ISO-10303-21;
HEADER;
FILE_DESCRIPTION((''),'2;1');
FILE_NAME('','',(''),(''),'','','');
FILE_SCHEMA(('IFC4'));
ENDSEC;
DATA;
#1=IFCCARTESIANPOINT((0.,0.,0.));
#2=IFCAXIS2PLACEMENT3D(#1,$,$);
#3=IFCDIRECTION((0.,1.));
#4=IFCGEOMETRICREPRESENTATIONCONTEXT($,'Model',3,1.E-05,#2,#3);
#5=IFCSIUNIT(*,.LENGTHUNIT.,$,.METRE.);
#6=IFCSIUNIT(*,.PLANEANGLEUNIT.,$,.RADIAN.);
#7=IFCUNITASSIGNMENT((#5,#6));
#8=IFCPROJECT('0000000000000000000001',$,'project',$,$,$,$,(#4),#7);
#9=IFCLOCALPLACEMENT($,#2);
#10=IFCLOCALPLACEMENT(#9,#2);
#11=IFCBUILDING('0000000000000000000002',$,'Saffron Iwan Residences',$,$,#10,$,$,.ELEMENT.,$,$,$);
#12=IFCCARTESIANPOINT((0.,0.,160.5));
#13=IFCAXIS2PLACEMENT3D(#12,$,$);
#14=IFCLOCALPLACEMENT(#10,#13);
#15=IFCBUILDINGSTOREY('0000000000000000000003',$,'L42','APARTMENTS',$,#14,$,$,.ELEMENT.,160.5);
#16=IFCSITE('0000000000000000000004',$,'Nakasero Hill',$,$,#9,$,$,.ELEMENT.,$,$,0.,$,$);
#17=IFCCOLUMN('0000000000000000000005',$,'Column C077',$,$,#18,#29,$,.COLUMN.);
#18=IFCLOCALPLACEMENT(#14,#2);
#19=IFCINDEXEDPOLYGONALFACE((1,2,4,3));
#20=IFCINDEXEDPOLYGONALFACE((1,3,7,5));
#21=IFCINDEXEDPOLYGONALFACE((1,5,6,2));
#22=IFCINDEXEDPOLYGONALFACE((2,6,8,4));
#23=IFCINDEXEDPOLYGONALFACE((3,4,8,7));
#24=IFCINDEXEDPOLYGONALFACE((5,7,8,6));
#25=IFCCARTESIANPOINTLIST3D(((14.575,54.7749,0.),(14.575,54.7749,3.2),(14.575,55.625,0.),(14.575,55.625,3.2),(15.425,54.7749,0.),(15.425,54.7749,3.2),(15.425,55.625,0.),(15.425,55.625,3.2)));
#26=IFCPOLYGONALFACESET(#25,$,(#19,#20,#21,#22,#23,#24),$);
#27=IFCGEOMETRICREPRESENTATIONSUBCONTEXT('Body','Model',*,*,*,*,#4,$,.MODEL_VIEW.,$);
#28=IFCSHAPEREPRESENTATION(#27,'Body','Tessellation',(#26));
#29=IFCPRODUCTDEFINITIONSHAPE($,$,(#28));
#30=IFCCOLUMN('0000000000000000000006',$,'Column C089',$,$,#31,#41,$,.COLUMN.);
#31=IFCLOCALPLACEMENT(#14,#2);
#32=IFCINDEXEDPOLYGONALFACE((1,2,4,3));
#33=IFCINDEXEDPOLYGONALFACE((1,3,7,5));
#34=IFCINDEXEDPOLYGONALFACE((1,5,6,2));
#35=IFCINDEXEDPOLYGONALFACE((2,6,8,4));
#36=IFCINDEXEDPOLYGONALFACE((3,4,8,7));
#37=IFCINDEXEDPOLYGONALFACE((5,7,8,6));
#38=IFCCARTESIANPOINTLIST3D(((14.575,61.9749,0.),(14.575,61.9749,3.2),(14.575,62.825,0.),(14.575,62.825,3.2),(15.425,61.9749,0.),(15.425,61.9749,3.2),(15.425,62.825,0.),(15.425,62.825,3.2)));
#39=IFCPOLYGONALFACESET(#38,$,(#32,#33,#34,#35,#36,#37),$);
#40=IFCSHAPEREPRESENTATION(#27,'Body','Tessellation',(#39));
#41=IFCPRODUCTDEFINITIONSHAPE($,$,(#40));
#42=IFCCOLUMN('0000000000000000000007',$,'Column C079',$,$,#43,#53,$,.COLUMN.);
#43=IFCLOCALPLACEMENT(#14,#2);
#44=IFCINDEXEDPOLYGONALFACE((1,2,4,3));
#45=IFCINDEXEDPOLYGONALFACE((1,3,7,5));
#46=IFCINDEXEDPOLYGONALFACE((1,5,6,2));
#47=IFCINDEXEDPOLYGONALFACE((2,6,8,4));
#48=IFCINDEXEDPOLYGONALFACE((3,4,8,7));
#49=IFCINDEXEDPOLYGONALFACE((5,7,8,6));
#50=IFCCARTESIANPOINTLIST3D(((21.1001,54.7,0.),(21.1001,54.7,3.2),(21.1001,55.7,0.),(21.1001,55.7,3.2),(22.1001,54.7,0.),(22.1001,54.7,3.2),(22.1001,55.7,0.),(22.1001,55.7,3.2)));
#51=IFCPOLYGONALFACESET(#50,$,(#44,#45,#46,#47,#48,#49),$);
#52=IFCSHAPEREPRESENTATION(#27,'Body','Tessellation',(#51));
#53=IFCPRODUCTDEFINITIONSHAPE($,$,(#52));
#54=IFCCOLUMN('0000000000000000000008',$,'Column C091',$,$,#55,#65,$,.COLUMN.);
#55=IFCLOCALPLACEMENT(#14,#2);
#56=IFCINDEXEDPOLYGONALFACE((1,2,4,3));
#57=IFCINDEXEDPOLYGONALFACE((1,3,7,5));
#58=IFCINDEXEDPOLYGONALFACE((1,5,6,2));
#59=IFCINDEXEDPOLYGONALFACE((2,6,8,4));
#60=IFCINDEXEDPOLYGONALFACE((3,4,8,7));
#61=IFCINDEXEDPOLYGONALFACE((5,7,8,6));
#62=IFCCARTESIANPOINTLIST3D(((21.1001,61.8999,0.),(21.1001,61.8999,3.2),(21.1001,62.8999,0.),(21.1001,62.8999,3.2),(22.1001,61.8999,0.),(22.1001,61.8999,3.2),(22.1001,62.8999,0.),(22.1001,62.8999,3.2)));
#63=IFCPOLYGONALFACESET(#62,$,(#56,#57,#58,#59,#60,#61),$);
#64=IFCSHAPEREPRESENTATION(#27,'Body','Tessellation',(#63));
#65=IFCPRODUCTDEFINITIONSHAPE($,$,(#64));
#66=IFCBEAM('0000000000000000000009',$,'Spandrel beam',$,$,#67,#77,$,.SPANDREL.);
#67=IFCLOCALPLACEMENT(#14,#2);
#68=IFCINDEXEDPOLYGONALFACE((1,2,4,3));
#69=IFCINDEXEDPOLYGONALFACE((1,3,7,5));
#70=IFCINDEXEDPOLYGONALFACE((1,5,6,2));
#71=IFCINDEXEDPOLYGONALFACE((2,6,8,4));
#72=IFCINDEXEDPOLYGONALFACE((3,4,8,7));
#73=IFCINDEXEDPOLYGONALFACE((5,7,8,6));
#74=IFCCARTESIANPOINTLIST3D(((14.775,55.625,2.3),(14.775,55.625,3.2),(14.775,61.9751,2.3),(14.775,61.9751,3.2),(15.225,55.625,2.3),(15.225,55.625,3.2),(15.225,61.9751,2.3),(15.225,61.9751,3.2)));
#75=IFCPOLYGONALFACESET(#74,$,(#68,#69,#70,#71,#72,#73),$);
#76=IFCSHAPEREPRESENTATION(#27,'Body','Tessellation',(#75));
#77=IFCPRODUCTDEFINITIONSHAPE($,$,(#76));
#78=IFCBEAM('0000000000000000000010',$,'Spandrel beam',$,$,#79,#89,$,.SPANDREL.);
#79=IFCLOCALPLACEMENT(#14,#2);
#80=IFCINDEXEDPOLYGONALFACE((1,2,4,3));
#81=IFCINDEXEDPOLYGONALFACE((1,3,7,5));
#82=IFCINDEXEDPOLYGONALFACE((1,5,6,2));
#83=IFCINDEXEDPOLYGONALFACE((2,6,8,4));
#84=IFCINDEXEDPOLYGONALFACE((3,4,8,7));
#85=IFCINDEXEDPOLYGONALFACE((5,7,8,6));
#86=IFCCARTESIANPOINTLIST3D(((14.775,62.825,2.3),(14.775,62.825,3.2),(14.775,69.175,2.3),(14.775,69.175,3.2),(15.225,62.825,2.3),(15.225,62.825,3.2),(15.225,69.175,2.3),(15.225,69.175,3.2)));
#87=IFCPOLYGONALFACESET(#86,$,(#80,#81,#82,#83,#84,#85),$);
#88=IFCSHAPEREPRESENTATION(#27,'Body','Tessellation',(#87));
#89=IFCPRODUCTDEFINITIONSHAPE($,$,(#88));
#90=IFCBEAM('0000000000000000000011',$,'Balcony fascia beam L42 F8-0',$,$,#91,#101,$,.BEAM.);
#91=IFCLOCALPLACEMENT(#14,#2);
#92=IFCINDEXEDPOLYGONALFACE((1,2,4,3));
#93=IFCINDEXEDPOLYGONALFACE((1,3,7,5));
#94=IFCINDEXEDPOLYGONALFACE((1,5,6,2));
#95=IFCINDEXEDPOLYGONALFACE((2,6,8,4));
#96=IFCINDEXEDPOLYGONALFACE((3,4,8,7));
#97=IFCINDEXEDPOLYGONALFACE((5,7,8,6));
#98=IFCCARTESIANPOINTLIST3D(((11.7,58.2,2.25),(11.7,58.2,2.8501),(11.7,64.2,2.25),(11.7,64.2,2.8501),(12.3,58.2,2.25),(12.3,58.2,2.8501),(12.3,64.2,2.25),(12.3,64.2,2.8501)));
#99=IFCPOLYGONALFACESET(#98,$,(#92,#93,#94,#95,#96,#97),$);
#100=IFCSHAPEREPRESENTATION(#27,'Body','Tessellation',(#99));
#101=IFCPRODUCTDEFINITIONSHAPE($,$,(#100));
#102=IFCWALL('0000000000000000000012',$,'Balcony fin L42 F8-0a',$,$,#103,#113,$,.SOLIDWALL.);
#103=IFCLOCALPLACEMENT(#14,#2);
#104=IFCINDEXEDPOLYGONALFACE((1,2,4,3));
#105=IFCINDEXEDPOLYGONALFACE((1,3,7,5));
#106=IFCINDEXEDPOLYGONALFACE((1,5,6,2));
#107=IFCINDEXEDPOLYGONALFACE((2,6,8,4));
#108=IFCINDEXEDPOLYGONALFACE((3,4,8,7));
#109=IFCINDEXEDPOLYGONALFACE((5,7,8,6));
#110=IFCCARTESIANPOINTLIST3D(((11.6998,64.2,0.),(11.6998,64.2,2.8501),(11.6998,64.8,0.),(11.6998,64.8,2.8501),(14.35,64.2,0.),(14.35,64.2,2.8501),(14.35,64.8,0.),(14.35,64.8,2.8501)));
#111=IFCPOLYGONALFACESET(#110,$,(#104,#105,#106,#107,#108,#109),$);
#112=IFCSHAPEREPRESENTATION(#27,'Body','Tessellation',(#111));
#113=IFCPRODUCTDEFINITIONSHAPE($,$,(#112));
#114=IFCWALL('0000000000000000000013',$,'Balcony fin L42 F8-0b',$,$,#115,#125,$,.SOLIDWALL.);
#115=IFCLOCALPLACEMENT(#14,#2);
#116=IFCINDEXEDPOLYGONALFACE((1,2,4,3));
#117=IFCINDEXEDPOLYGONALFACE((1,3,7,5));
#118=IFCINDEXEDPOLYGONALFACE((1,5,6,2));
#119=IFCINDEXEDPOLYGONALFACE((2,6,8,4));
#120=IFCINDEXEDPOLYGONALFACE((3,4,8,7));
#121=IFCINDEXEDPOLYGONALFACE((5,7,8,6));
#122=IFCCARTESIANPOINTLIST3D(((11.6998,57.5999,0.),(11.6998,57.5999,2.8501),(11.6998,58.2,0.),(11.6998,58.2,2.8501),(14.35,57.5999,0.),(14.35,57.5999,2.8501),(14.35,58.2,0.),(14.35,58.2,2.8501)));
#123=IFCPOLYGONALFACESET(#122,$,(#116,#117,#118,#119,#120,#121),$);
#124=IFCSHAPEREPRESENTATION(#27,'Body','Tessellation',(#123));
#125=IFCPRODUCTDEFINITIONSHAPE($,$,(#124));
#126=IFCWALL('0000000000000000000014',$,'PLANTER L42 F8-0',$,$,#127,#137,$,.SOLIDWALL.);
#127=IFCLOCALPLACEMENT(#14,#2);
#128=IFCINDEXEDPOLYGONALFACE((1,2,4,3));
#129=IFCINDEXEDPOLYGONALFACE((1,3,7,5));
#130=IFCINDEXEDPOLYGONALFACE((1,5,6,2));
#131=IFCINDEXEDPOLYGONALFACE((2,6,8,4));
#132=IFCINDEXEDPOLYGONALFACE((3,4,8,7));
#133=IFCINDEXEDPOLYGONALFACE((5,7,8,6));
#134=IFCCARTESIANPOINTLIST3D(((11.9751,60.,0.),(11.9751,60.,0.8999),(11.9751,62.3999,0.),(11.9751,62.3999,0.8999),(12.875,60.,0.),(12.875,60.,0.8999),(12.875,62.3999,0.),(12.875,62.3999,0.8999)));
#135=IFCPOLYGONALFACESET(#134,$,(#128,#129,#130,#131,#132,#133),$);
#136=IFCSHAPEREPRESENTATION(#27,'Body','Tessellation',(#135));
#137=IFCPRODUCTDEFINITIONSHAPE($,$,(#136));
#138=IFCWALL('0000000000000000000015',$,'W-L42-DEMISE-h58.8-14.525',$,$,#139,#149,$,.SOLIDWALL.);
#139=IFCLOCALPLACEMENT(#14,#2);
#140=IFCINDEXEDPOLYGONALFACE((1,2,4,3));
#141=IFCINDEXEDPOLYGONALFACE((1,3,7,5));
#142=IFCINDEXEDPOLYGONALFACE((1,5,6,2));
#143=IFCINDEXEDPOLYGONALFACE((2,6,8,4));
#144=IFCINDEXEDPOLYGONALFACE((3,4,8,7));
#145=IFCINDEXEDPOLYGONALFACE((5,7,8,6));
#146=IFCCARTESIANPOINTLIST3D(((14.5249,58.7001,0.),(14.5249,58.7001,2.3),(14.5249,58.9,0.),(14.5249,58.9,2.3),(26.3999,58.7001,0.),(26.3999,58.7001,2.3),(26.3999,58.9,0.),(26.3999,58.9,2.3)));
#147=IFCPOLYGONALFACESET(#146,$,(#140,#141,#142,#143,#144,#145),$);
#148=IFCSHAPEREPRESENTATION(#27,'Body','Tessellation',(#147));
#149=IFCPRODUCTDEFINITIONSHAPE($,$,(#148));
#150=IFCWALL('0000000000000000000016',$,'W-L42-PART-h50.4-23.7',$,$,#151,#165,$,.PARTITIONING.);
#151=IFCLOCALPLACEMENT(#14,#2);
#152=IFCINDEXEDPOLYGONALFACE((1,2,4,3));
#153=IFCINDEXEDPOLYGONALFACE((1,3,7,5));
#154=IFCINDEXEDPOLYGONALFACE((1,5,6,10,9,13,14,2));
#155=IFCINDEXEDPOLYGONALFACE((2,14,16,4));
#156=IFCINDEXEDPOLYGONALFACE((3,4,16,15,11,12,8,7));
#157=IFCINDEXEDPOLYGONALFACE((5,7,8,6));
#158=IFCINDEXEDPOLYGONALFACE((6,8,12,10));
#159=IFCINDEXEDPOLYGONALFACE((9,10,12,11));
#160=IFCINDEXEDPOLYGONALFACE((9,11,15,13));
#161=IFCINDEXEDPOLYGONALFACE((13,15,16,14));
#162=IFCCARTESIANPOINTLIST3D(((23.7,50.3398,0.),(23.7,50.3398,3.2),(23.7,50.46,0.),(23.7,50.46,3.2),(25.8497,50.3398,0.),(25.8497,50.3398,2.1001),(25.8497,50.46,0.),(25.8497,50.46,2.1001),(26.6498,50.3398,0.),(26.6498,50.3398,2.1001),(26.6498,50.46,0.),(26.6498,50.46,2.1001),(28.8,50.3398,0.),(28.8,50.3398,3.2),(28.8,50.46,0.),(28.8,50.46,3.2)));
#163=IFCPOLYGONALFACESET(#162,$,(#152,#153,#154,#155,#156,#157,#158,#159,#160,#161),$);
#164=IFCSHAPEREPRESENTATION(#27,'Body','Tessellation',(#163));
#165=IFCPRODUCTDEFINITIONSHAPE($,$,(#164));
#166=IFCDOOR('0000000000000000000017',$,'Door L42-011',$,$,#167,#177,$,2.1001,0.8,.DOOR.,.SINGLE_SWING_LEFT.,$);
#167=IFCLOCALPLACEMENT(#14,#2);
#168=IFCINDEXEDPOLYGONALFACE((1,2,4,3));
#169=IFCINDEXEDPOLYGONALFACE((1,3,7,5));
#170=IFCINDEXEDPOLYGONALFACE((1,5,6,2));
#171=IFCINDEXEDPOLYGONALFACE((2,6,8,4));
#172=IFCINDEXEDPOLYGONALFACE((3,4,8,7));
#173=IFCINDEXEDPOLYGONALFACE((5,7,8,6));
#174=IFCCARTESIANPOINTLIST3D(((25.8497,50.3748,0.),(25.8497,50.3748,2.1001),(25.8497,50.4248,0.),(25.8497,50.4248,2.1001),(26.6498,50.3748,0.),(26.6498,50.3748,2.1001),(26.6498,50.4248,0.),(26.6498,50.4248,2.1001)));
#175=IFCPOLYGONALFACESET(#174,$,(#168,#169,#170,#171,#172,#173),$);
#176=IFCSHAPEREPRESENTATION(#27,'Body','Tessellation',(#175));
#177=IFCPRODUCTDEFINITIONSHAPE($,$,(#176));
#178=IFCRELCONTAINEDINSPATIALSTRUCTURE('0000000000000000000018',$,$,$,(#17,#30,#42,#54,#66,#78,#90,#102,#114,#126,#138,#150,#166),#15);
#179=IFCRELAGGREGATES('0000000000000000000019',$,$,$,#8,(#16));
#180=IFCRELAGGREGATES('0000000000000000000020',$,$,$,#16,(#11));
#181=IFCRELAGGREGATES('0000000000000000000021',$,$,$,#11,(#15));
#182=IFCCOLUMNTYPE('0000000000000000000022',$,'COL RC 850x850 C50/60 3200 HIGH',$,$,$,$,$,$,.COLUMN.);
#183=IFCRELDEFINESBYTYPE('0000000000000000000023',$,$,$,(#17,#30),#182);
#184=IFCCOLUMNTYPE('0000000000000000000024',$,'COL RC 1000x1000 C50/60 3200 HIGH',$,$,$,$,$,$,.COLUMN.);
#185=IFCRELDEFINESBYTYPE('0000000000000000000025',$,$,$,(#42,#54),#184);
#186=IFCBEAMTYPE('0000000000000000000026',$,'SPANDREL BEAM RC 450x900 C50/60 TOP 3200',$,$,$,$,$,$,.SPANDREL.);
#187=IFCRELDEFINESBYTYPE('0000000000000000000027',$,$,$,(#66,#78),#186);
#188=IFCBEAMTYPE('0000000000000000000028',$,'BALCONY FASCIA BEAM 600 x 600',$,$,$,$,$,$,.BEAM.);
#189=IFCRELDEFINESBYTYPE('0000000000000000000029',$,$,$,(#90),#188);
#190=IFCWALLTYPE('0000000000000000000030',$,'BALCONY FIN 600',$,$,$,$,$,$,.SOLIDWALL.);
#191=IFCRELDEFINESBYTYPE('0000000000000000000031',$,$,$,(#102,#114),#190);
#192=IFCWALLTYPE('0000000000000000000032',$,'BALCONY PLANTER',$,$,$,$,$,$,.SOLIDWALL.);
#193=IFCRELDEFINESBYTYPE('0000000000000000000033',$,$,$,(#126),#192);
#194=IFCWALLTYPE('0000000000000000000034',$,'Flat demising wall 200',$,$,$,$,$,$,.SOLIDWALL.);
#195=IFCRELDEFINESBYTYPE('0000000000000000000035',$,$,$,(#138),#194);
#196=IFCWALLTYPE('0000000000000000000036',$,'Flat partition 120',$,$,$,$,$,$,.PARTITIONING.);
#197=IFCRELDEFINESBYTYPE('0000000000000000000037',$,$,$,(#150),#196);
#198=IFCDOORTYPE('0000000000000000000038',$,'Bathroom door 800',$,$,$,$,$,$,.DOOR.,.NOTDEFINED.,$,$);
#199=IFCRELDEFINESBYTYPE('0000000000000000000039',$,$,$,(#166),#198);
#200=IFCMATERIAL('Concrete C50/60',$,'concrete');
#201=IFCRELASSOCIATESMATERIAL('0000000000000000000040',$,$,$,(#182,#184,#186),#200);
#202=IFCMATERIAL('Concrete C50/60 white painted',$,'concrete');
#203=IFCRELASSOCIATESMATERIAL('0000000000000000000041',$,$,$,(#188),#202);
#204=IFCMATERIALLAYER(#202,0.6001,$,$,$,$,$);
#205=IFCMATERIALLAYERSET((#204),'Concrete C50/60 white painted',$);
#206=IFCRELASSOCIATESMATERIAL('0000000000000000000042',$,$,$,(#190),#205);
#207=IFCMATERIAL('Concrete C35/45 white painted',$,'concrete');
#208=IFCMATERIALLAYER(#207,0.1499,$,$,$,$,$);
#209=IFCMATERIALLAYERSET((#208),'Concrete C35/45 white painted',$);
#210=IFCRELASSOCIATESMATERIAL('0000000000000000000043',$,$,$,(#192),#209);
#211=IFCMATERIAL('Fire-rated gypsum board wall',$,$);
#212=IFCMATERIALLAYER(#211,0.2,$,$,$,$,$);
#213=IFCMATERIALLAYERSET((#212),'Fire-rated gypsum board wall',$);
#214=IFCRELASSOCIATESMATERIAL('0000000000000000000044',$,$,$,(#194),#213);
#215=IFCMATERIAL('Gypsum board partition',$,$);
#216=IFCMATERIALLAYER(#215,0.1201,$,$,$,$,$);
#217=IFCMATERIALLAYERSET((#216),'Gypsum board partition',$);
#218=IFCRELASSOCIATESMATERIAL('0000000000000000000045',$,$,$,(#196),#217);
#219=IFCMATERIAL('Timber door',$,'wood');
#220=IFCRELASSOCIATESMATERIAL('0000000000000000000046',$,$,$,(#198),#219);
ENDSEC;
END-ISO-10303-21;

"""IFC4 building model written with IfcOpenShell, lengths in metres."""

from ifc_helpers import new_model, si_unit, direction, frame, frame_2d, origin, origin_2d, place, context, subcontext, project, spatial, rectangle, extrude, source, transform, mapped, material, layer, layer_set, material_profile, profile_set, type_object, element, fill, save


model = new_model("IFC4")

# Units and contexts
model_context = context("Model", 3, precision=1e-05, world=origin(), true_north=direction((0.0, 1.0)))
body_context = subcontext(model_context, "Body", "Model", "MODEL_VIEW")
ifc_project = project(units=[si_unit("LENGTHUNIT", "METRE"), si_unit("PLANEANGLEUNIT", "RADIAN")], contexts=[model_context])

# Site, building, storey
site_placement = place(None, origin())
site = spatial("IfcSite", under=ifc_project, at=site_placement, Name="Nakasero Hill", CompositionType="ELEMENT", RefElevation=0.0)
building_placement = place(site_placement, origin())
building = spatial("IfcBuilding", under=site, at=building_placement, Name="Saffron Iwan Residences", CompositionType="ELEMENT")
storey_placement = place(building_placement, frame((0.0, 0.0, 160.5)))
storey = spatial("IfcBuildingStorey", under=building, at=storey_placement, Name="L42", Description="APARTMENTS", CompositionType="ELEMENT", Elevation=160.5)

# Columns
ifc_material_1 = material(Name="Concrete C50/60", Category="concrete")
ifc_material_profile_1 = material_profile(ifc_material_1, rectangle(XDim=0.8501, YDim=0.8501, at=origin_2d()), Name="RC 850x850")
ifc_profile_set_1 = profile_set([ifc_material_profile_1], Name="Concrete C50/60")
column_type_1 = type_object("IfcColumnType", Name="COL RC 850x850 C50/60 3200 HIGH", PredefinedType="COLUMN", material=ifc_profile_set_1)
shared_shape_1 = source(origin(), body_context, "Body", "SweptSolid", [
    extrude(rectangle(XDim=0.8501, YDim=0.8501, at=origin_2d()), origin(), (0.0, 0.0, 1.0), 3.2),
])
for number, where, z_axis, x_axis, name in (
    (1, (15.0, 55.2, 0.0), (0.0, 0.0, 1.0), (1.0, 0.0, 0.0), "Column C077"),
    (2, (15.0, 62.3999, 0.0), (0.0, 0.0, 1.0), (1.0, 0.0, 0.0), "Column C089"),
):
    element("IfcColumn", number, at=place(storey_placement, frame(where, z_axis=z_axis, x_axis=x_axis)), inside=storey, type_object=column_type_1, Name=name, PredefinedType="COLUMN", context=body_context, shape_type="MappedRepresentation", body=[
        mapped(shared_shape_1, transform((0.0, 0.0, 0.0))),
    ])
ifc_material_profile_2 = material_profile(ifc_material_1, rectangle(XDim=1.0, YDim=1.0, at=origin_2d()), Name="RC 1000x1000")
ifc_profile_set_2 = profile_set([ifc_material_profile_2], Name="Concrete C50/60")
column_type_2 = type_object("IfcColumnType", Name="COL RC 1000x1000 C50/60 3200 HIGH", PredefinedType="COLUMN", material=ifc_profile_set_2)
shared_shape_2 = source(origin(), body_context, "Body", "SweptSolid", [
    extrude(rectangle(XDim=1.0, YDim=1.0, at=origin_2d()), origin(), (0.0, 0.0, 1.0), 3.2),
])
for number, where, z_axis, x_axis, name in (
    (3, (21.6001, 55.2, 0.0), (0.0, 0.0, 1.0), (1.0, 0.0, 0.0), "Column C079"),
    (4, (21.6001, 62.3999, 0.0), (0.0, 0.0, 1.0), (1.0, 0.0, 0.0), "Column C091"),
):
    element("IfcColumn", number, at=place(storey_placement, frame(where, z_axis=z_axis, x_axis=x_axis)), inside=storey, type_object=column_type_2, Name=name, PredefinedType="COLUMN", context=body_context, shape_type="MappedRepresentation", body=[
        mapped(shared_shape_2, transform((0.0, 0.0, 0.0))),
    ])

# Beams
ifc_material_profile_3 = material_profile(ifc_material_1, rectangle(XDim=0.45, YDim=0.8999, at=origin_2d()), Name="RC 450x900")
ifc_profile_set_3 = profile_set([ifc_material_profile_3], Name="Concrete C50/60")
beam_type_1 = type_object("IfcBeamType", Name="SPANDREL BEAM RC 450x900 C50/60 TOP 3200", PredefinedType="SPANDREL", material=ifc_profile_set_3)
shared_shape_3 = source(origin(), body_context, "Body", "SweptSolid", [
    extrude(rectangle(XDim=0.45, YDim=0.8999, at=origin_2d()), origin(), (0.0, 0.0, 1.0), 6.3501),
])
for number, where, z_axis, x_axis, name in (
    (5, (15.0, 55.625, 2.75), (0.0, 1.0, 0.0), (-1.0, 0.0, 0.0), "Spandrel beam"),
    (6, (15.0, 62.825, 2.75), (0.0, 1.0, 0.0), (-1.0, 0.0, 0.0), "Spandrel beam"),
):
    element("IfcBeam", number, at=place(storey_placement, frame(where, z_axis=z_axis, x_axis=x_axis)), inside=storey, type_object=beam_type_1, Name=name, PredefinedType="SPANDREL", context=body_context, shape_type="MappedRepresentation", body=[
        mapped(shared_shape_3, transform((0.0, 0.0, 0.0))),
    ])
ifc_material_2 = material(Name="Concrete C50/60 white painted", Category="concrete")
ifc_material_profile_4 = material_profile(ifc_material_2, rectangle(XDim=0.6001, YDim=0.6001, at=origin_2d()), Name="BALCONY FASCIA BEAM 600 x 600")
ifc_profile_set_4 = profile_set([ifc_material_profile_4], Name="Concrete C50/60 white painted")
beam_type_2 = type_object("IfcBeamType", Name="BALCONY FASCIA BEAM 600 x 600", PredefinedType="BEAM", material=ifc_profile_set_4)
shared_shape_4 = source(origin(), body_context, "Body", "SweptSolid", [
    extrude(rectangle(XDim=0.6001, YDim=0.6001, at=origin_2d()), origin(), (0.0, 0.0, 1.0), 6.0),
])
beam_placement = place(storey_placement, frame((12.0, 64.2, 2.55), z_axis=(0.0, -1.0, 0.0), x_axis=(1.0, 0.0, 0.0)))
element("IfcBeam", 7, at=beam_placement, inside=storey, type_object=beam_type_2, Name="Balcony fascia beam L42 F8-0", PredefinedType="BEAM", context=body_context, shape_type="MappedRepresentation", body=[
    mapped(shared_shape_4, transform((0.0, 0.0, 0.0))),
])

# Walls
ifc_layer_1 = layer(ifc_material_2, 0.6001)
ifc_layer_set_1 = layer_set([ifc_layer_1], Name="Concrete C50/60 white painted")
wall_type_1 = type_object("IfcWallType", Name="BALCONY FIN 600", PredefinedType="SOLIDWALL", material=ifc_layer_set_1)
for number, where, z_axis, x_axis, name in (
    (8, (14.3501, 64.5, 0.0), (0.0, 0.0, 1.0), (-1.0, 0.0, 0.0), "Balcony fin L42 F8-0a"),
    (9, (14.3501, 57.8999, 0.0), (0.0, 0.0, 1.0), (-1.0, 0.0, 0.0), "Balcony fin L42 F8-0b"),
):
    element("IfcWall", number, at=place(storey_placement, frame(where, z_axis=z_axis, x_axis=x_axis)), inside=storey, type_object=wall_type_1, Name=name, PredefinedType="SOLIDWALL", context=body_context, shape_type="SweptSolid", body=[
        extrude(rectangle(XDim=2.6501, YDim=0.6001, at=frame_2d((1.3252, 0.0))), origin(), (0.0, 0.0, 1.0), 2.8501),
    ])
ifc_material_3 = material(Name="Concrete C35/45 white painted", Category="concrete")
ifc_layer_2 = layer(ifc_material_3, 0.1499)
ifc_layer_set_2 = layer_set([ifc_layer_2], Name="Concrete C35/45 white painted")
wall_type_2 = type_object("IfcWallType", Name="BALCONY PLANTER", PredefinedType="SOLIDWALL", material=ifc_layer_set_2)
wall_1_placement = place(storey_placement, frame((12.425, 62.3999, 0.0), z_axis=(0.0, 0.0, 1.0), x_axis=(0.0, -1.0, 0.0)))
element("IfcWall", 10, at=wall_1_placement, inside=storey, type_object=wall_type_2, Name="PLANTER L42 F8-0", PredefinedType="SOLIDWALL", context=body_context, shape_type="SweptSolid", body=[
    extrude(rectangle(XDim=2.3999, YDim=0.8999, at=frame_2d((1.2, 0.0))), origin(), (0.0, 0.0, 1.0), 0.8999),
])
ifc_material_4 = material(Name="Fire-rated gypsum board wall")
ifc_layer_3 = layer(ifc_material_4, 0.2)
ifc_layer_set_3 = layer_set([ifc_layer_3], Name="Fire-rated gypsum board wall")
wall_type_3 = type_object("IfcWallType", Name="Flat demising wall 200", PredefinedType="SOLIDWALL", material=ifc_layer_set_3)
wall_2_placement = place(storey_placement, frame((14.5249, 58.8, 0.0), z_axis=(0.0, 0.0, 1.0), x_axis=(1.0, 0.0, 0.0)))
element("IfcWall", 11, at=wall_2_placement, inside=storey, type_object=wall_type_3, Name="W-L42-DEMISE-h58.8-14.525", PredefinedType="SOLIDWALL", context=body_context, shape_type="SweptSolid", body=[
    extrude(rectangle(XDim=11.875, YDim=0.2, at=frame_2d((5.9375, 0.0))), origin(), (0.0, 0.0, 1.0), 2.3),
])

# Wall, opening, door
ifc_material_5 = material(Name="Gypsum board partition")
ifc_layer_4 = layer(ifc_material_5, 0.1201)
ifc_layer_set_4 = layer_set([ifc_layer_4], Name="Gypsum board partition")
wall_type_4 = type_object("IfcWallType", Name="Flat partition 120", PredefinedType="PARTITIONING", material=ifc_layer_set_4)
wall_3_placement = place(storey_placement, frame((23.7, 50.3999, 0.0), z_axis=(0.0, 0.0, 1.0), x_axis=(1.0, 0.0, 0.0)))
wall_3 = element("IfcWall", 12, at=wall_3_placement, inside=storey, type_object=wall_type_4, Name="W-L42-PART-h50.4-23.7", PredefinedType="PARTITIONING", context=body_context, shape_type="SweptSolid", body=[
    extrude(rectangle(XDim=5.1001, YDim=0.1201, at=frame_2d((2.55, 0.0))), origin(), (0.0, 0.0, 1.0), 3.2),
])
opening_1_placement = place(wall_3_placement, frame((2.1499, 0.0, 0.0)))
opening_1 = element("IfcOpeningElement", 13, at=opening_1_placement, cuts=wall_3, PredefinedType="OPENING", context=body_context, shape_type="SweptSolid", body=[
    extrude(rectangle(XDim=0.8, YDim=2.1001, at=frame_2d((0.3999, 1.05))), frame((0.0, 0.0701, 0.0), z_axis=(0.0, -1.0, 0.0), x_axis=(1.0, 0.0, 0.0)), (0.0, 0.0, 1.0), 0.1401),
])
ifc_material_6 = material(Name="Timber door", Category="wood")
door_type_1 = type_object("IfcDoorType", Name="Bathroom door 800", OperationType="NOTDEFINED", PredefinedType="DOOR", material=ifc_material_6)
door_1_placement = place(opening_1_placement, origin())
door_1 = element("IfcDoor", 14, at=door_1_placement, inside=storey, type_object=door_type_1, Name="Door L42-011", OperationType="SINGLE_SWING_LEFT", OverallHeight=2.1001, OverallWidth=0.8, PredefinedType="DOOR", context=body_context, shape_type="SweptSolid", body=[
    extrude(rectangle(XDim=0.8, YDim=2.1001, at=frame_2d((0.3999, 1.05))), frame((0.0, 0.0249, 0.0), z_axis=(0.0, -1.0, 0.0), x_axis=(1.0, 0.0, 0.0)), (0.0, 0.0, 1.0), 0.05),
])
fill(opening_1, door_1)

save(model, "model.ifc")
